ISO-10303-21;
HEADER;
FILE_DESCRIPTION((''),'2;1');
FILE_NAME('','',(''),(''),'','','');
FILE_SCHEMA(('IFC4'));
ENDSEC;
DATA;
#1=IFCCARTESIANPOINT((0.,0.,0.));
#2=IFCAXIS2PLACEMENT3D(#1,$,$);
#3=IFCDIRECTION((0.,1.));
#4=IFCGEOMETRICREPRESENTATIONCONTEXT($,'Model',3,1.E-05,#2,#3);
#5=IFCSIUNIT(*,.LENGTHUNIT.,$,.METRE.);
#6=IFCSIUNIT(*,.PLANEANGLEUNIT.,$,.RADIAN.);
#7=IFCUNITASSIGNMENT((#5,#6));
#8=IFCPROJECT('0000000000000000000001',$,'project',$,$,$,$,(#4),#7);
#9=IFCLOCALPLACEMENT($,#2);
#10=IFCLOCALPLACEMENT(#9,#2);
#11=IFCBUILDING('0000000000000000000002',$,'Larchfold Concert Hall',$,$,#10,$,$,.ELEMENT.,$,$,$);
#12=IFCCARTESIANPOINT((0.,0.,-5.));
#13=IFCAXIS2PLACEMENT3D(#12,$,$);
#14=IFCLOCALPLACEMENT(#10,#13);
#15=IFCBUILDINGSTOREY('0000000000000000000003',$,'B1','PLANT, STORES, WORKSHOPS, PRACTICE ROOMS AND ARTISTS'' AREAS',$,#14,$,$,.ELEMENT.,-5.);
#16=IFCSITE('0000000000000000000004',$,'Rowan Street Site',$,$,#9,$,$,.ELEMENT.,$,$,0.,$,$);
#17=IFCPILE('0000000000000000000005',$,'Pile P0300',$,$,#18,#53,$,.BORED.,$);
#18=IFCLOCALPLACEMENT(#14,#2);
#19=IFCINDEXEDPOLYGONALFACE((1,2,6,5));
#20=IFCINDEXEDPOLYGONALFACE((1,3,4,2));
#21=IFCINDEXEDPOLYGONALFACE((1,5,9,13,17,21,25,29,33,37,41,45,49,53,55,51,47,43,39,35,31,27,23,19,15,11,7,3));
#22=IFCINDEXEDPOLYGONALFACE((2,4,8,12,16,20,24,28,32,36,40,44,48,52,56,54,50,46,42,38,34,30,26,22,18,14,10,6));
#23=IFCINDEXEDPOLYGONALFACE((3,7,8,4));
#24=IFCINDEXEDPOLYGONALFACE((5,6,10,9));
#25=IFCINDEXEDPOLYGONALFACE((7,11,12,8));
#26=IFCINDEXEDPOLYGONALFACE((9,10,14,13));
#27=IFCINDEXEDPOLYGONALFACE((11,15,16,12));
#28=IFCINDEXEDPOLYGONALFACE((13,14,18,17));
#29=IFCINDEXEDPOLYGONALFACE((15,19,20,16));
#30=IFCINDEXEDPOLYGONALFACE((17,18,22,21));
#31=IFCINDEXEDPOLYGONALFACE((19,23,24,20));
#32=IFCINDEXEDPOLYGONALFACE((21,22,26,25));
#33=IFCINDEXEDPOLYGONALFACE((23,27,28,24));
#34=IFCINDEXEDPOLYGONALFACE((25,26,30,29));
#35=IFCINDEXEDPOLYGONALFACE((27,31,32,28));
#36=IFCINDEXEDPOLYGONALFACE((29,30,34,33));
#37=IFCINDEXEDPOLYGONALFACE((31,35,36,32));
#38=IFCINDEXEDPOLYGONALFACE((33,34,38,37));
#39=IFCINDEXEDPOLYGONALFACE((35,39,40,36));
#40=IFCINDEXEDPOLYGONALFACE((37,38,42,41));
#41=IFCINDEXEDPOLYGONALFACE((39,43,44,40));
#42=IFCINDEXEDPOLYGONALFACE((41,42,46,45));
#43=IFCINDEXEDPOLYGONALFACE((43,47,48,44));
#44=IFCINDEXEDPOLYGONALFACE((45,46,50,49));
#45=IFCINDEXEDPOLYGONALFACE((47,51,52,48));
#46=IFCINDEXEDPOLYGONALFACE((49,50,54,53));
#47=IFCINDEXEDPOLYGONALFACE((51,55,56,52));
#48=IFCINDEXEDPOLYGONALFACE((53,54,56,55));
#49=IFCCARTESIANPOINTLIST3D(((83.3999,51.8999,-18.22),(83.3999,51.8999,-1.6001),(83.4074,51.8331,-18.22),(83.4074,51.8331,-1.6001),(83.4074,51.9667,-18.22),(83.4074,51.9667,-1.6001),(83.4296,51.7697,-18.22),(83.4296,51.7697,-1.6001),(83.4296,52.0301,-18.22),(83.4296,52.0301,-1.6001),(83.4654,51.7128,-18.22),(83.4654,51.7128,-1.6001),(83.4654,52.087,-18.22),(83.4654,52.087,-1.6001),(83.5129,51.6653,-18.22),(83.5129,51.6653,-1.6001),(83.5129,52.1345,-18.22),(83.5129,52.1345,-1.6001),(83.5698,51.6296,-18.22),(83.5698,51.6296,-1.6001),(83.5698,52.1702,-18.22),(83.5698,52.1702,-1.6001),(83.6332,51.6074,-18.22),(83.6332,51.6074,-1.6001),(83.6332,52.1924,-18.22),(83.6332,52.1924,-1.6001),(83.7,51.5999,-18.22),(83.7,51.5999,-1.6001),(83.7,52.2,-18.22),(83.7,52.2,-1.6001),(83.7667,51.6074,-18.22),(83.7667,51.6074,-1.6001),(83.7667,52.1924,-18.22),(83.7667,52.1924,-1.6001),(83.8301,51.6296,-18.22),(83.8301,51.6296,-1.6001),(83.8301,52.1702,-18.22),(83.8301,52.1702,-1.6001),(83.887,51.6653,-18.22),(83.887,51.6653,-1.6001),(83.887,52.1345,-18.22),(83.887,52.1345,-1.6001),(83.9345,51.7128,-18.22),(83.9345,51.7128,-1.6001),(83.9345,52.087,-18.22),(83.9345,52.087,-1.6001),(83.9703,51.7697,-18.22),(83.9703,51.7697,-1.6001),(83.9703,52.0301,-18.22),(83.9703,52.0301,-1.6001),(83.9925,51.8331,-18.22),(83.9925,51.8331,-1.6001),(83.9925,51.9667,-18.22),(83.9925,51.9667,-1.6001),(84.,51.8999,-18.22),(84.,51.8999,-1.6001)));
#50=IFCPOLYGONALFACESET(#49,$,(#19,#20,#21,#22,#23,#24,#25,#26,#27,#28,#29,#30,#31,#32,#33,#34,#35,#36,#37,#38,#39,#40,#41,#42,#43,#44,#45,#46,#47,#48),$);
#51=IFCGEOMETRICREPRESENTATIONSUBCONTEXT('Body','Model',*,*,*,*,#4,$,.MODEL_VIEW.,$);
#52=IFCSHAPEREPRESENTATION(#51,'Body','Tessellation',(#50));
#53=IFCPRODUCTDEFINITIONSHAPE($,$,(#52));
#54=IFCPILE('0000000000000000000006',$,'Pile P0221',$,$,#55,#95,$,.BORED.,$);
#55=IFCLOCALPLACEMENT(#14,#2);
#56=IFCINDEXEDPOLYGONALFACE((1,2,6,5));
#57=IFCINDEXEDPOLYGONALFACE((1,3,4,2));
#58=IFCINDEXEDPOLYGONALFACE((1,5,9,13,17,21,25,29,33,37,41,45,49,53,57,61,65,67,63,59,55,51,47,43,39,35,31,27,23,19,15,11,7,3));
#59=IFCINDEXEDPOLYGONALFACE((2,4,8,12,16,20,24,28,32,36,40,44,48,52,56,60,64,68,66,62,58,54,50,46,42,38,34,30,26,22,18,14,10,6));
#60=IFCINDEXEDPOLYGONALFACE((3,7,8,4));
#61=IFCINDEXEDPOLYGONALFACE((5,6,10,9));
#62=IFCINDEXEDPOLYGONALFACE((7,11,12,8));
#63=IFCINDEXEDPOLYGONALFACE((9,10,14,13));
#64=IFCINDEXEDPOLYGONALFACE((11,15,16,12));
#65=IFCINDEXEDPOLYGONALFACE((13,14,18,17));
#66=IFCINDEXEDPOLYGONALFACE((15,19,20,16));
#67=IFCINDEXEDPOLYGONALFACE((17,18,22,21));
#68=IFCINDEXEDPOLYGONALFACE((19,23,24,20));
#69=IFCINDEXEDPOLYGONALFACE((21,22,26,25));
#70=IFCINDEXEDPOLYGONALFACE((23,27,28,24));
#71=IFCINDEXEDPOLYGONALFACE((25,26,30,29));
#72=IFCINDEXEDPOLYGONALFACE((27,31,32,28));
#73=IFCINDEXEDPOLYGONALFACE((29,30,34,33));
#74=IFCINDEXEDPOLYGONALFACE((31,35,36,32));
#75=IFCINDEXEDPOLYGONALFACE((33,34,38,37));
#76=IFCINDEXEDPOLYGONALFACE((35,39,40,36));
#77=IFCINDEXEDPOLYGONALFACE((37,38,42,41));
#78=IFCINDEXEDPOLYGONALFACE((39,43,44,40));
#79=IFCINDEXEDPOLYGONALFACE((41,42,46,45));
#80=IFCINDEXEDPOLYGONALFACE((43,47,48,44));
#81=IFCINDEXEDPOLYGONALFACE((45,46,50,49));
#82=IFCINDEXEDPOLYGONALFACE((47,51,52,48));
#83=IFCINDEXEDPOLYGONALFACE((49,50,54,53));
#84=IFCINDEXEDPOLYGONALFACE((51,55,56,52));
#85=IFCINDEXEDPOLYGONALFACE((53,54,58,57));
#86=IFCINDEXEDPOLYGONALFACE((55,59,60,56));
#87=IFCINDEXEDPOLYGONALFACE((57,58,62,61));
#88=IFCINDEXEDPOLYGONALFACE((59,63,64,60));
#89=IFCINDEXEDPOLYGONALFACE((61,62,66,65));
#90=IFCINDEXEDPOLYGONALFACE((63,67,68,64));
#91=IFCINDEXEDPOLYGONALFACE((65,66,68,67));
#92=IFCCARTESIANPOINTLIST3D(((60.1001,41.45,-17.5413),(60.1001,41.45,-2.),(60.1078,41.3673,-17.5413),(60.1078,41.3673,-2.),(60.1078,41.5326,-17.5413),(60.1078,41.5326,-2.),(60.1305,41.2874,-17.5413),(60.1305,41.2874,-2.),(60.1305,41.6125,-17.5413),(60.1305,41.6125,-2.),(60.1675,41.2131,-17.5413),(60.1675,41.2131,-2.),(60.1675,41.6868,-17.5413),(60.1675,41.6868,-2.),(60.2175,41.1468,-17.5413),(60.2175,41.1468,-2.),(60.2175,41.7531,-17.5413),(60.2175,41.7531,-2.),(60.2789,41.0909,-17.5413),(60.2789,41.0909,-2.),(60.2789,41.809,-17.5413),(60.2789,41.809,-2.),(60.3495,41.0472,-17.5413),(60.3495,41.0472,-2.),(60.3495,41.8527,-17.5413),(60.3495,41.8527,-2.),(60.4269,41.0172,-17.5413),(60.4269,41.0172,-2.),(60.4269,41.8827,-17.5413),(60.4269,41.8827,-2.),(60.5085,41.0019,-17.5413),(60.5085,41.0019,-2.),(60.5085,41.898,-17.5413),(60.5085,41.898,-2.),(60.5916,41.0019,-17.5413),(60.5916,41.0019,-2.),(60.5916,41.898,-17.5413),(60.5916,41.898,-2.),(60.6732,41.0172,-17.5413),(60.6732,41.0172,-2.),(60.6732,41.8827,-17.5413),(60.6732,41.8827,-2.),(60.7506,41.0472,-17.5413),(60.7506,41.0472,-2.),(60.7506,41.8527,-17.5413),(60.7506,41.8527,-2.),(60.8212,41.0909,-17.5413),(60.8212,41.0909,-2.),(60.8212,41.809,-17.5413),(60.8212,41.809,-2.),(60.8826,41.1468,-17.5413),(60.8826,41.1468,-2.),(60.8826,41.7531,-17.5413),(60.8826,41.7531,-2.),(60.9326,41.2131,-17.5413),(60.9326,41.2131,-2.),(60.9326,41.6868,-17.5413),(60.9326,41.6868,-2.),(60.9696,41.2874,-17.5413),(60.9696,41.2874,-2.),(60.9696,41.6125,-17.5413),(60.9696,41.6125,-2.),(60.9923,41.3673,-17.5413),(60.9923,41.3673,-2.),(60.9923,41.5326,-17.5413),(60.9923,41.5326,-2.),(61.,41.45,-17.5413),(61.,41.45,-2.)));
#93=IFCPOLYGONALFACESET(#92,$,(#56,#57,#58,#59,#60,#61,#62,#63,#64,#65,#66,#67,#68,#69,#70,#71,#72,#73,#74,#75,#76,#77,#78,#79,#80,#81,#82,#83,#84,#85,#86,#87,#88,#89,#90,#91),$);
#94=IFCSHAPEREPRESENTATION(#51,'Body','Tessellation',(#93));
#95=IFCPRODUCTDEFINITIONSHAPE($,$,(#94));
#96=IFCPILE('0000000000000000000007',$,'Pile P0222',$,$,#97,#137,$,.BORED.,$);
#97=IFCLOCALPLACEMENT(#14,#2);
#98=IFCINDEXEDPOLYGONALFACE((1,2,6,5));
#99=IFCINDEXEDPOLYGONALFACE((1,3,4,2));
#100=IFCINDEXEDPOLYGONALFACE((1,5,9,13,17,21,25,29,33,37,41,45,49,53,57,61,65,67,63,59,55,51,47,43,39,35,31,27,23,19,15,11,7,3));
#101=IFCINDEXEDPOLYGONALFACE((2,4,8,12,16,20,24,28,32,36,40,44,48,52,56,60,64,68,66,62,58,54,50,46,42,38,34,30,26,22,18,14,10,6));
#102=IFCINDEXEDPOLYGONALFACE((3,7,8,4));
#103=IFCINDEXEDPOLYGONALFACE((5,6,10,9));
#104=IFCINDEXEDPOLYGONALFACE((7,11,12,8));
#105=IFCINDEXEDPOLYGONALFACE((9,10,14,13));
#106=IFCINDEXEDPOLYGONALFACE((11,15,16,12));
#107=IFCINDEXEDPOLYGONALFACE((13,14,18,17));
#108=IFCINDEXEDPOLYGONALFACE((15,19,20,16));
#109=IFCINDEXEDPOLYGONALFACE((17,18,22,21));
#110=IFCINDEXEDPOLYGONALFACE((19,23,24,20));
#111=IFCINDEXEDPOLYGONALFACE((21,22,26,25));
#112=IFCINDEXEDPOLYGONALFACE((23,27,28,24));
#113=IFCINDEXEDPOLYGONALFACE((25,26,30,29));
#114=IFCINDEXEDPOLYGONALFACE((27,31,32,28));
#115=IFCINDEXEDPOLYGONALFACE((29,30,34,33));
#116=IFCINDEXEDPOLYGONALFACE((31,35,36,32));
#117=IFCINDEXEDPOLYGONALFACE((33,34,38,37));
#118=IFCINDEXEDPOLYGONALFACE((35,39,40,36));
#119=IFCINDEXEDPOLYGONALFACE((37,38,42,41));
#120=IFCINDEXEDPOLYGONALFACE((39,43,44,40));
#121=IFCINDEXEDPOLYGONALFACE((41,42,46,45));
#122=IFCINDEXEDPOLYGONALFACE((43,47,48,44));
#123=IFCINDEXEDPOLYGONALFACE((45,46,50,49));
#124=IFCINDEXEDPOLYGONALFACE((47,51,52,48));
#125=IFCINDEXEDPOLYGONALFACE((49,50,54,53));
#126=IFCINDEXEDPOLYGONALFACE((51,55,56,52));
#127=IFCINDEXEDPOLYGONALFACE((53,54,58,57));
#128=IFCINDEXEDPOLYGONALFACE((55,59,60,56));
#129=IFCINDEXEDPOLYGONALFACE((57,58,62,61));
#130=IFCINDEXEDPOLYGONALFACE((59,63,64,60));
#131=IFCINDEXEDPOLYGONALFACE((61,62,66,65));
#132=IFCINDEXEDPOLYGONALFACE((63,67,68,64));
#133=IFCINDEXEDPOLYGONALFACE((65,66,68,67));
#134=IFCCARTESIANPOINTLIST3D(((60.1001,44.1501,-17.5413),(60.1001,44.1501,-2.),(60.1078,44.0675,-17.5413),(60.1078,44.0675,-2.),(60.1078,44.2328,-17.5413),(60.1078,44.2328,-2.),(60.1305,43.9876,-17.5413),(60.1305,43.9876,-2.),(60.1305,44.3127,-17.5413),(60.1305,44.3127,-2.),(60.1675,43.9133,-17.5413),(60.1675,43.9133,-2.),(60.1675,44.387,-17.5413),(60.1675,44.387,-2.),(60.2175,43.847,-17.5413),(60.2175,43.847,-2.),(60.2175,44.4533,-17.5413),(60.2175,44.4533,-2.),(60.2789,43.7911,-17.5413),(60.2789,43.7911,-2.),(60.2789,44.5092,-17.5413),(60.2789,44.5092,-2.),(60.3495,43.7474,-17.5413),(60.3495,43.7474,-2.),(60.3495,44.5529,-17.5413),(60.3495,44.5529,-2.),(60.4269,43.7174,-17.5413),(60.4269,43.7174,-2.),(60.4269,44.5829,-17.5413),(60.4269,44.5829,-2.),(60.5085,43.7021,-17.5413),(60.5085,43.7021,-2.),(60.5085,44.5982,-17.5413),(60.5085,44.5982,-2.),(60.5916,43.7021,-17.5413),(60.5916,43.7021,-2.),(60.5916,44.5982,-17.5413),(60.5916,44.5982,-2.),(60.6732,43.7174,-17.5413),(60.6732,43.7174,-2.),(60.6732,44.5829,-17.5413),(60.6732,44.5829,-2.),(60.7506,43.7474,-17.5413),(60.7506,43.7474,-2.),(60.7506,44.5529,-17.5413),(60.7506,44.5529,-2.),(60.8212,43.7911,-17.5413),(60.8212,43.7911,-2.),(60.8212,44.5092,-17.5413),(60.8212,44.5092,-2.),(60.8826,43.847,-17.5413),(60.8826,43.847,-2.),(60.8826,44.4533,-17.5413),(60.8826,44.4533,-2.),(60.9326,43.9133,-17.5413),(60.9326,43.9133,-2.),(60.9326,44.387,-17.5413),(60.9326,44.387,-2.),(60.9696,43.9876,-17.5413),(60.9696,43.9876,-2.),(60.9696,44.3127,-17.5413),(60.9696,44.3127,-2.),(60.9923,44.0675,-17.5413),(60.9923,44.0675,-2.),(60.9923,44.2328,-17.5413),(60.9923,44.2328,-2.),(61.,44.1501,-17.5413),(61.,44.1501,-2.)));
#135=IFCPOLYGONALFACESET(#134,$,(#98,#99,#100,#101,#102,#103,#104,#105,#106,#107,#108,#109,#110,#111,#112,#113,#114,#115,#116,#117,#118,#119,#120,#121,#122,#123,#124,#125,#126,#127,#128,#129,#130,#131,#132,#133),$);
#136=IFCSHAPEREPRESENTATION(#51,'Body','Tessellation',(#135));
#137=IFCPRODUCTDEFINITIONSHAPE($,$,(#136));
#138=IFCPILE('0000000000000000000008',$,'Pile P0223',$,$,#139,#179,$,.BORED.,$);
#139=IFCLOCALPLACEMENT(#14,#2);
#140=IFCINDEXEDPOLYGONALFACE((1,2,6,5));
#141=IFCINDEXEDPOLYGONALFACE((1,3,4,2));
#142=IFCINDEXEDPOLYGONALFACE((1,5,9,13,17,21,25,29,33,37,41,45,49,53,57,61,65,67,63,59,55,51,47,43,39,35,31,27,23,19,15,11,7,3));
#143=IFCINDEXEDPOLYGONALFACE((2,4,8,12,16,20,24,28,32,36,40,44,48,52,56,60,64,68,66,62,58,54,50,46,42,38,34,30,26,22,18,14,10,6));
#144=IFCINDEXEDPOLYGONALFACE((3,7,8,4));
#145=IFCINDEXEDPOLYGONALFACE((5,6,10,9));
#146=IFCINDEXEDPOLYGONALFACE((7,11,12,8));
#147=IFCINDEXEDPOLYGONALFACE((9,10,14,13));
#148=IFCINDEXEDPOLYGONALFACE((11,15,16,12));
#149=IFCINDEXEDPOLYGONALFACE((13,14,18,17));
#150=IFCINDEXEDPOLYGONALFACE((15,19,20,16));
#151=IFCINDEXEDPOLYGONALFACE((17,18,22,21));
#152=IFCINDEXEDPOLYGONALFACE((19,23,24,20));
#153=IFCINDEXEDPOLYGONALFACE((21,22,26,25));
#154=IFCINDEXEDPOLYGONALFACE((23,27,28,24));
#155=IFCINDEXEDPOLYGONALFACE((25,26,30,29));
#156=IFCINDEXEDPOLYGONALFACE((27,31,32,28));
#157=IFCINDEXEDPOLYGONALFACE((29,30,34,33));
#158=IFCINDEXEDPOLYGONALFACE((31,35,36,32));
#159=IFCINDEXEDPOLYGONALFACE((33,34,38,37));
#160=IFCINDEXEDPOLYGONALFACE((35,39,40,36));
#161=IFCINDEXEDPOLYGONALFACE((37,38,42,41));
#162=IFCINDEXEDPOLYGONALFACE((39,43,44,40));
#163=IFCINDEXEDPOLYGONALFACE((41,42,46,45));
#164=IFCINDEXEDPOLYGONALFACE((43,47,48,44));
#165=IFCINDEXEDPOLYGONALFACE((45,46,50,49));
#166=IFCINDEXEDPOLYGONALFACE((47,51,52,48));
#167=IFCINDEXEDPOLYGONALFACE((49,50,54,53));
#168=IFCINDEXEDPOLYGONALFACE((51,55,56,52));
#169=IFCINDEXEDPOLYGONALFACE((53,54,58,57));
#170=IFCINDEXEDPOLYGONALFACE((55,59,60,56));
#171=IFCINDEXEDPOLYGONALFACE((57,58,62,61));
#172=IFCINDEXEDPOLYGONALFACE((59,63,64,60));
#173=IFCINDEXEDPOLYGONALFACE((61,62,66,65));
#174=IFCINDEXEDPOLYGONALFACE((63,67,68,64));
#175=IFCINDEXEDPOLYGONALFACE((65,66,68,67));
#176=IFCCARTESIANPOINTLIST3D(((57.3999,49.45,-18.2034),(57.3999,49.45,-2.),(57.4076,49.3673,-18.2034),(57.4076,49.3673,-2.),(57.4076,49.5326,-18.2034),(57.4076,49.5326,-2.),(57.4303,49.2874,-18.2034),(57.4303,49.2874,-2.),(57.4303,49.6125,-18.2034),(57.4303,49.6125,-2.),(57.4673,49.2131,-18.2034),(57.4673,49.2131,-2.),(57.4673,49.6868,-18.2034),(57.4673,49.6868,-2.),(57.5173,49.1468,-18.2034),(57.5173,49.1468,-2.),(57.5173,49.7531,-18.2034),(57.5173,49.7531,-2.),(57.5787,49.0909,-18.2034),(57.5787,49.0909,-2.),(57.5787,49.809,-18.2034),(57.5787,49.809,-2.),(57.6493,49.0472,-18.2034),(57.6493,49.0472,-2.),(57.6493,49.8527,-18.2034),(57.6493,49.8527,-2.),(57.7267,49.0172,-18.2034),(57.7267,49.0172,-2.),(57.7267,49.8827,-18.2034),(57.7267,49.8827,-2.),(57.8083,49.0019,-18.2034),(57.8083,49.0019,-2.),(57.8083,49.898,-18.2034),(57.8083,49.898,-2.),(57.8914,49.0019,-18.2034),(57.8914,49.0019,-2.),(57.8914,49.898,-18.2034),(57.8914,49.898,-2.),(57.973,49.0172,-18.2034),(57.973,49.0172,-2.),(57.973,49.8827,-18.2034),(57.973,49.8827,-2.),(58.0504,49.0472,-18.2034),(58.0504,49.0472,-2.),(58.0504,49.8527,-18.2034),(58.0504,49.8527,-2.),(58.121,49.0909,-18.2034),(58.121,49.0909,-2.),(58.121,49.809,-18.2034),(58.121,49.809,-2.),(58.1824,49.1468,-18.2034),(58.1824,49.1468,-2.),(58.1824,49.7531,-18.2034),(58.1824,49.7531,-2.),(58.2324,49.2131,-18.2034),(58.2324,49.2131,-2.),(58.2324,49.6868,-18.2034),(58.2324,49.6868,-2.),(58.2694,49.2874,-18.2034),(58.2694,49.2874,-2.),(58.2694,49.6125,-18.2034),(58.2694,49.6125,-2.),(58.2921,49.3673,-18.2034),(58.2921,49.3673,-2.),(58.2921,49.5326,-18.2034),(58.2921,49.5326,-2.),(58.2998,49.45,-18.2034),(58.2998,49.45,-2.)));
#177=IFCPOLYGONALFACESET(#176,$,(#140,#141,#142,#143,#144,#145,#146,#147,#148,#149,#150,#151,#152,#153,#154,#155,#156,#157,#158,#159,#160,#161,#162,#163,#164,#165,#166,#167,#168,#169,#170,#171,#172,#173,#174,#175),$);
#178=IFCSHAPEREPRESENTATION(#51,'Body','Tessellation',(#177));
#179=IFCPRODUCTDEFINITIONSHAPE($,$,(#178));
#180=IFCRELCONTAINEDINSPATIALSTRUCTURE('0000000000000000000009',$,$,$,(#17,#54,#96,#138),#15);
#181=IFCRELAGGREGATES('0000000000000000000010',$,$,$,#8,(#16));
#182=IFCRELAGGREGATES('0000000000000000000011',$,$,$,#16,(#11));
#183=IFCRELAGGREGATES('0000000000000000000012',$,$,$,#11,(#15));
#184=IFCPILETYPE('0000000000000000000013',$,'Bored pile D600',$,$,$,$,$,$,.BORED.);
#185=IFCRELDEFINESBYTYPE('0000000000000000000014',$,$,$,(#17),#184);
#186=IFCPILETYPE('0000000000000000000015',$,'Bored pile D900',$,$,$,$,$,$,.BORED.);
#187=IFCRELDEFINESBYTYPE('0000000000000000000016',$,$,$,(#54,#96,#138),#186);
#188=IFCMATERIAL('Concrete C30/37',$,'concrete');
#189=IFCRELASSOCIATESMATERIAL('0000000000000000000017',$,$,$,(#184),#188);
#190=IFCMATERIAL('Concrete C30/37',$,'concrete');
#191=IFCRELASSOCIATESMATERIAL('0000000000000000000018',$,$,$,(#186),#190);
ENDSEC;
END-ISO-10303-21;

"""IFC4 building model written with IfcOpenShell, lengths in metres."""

from ifc_helpers import new_model, si_unit, direction, frame, origin, origin_2d, place, context, subcontext, project, spatial, circle, extrude, material, material_profile, profile_set, type_object, element, save


model = new_model("IFC4")

# Units and contexts
model_context = context("Model", 3, precision=1e-05, world=origin(), true_north=direction((0.0, 1.0)))
body_context = subcontext(model_context, "Body", "Model", "MODEL_VIEW")
ifc_project = project(units=[si_unit("LENGTHUNIT", "METRE"), si_unit("PLANEANGLEUNIT", "RADIAN")], contexts=[model_context])

# Site, building, storey
site_placement = place(None, origin())
site = spatial("IfcSite", under=ifc_project, at=site_placement, Name="Rowan Street Site", CompositionType="ELEMENT", RefElevation=0.0)
building_placement = place(site_placement, origin())
building = spatial("IfcBuilding", under=site, at=building_placement, Name="Larchfold Concert Hall", CompositionType="ELEMENT")
storey_placement = place(building_placement, frame((0.0, 0.0, -5.0)))
storey = spatial("IfcBuildingStorey", under=building, at=storey_placement, Name="B1", Description="PLANT, STORES, WORKSHOPS, PRACTICE ROOMS AND ARTISTS' AREAS", CompositionType="ELEMENT", Elevation=-5.0)

# Piles
ifc_material_1 = material(Name="Concrete C30/37", Category="concrete")
ifc_material_profile_1 = material_profile(ifc_material_1, circle(Radius=0.3, at=origin_2d()))
ifc_profile_set_1 = profile_set([ifc_material_profile_1], Name="Concrete C30/37")
pile_type_1 = type_object("IfcPileType", Name="Bored pile D600", PredefinedType="BORED", material=ifc_profile_set_1)
for number, where, z_axis, x_axis, name in (
    (1, (83.7, 51.8999, -1.6001), (0.0, 0.0, -1.0), (1.0, 0.0, 0.0), "Pile P0300"),
):
    element("IfcPile", number, at=place(storey_placement, frame(where, z_axis=z_axis, x_axis=x_axis)), inside=storey, type_object=pile_type_1, Name=name, PredefinedType="BORED", context=body_context, shape_type="SweptSolid", body=[
        extrude(circle(Radius=0.3, at=origin_2d()), origin(), (0.0, 0.0, 1.0), 16.6199),
    ])
ifc_material_2 = material(Name="Concrete C30/37", Category="concrete")
ifc_material_profile_2 = material_profile(ifc_material_2, circle(Radius=0.45, at=origin_2d()))
ifc_profile_set_2 = profile_set([ifc_material_profile_2], Name="Concrete C30/37")
pile_type_2 = type_object("IfcPileType", Name="Bored pile D900", PredefinedType="BORED", material=ifc_profile_set_2)
for number, where, z_axis, x_axis, name in (
    (2, (60.55, 41.45, -2.0), (0.0, 0.0, -1.0), (1.0, 0.0, 0.0), "Pile P0221"),
    (3, (60.55, 44.1501, -2.0), (0.0, 0.0, -1.0), (1.0, 0.0, 0.0), "Pile P0222"),
):
    element("IfcPile", number, at=place(storey_placement, frame(where, z_axis=z_axis, x_axis=x_axis)), inside=storey, type_object=pile_type_2, Name=name, PredefinedType="BORED", context=body_context, shape_type="SweptSolid", body=[
        extrude(circle(Radius=0.45, at=origin_2d()), origin(), (0.0, 0.0, 1.0), 15.5413),
    ])
for number, where, z_axis, x_axis, name in (
    (4, (57.8499, 49.45, -2.0), (0.0, 0.0, -1.0), (1.0, 0.0, 0.0), "Pile P0223"),
):
    element("IfcPile", number, at=place(storey_placement, frame(where, z_axis=z_axis, x_axis=x_axis)), inside=storey, type_object=pile_type_2, Name=name, PredefinedType="BORED", context=body_context, shape_type="SweptSolid", body=[
        extrude(circle(Radius=0.45, at=origin_2d()), origin(), (0.0, 0.0, 1.0), 16.2034),
    ])

save(model, "model.ifc")
